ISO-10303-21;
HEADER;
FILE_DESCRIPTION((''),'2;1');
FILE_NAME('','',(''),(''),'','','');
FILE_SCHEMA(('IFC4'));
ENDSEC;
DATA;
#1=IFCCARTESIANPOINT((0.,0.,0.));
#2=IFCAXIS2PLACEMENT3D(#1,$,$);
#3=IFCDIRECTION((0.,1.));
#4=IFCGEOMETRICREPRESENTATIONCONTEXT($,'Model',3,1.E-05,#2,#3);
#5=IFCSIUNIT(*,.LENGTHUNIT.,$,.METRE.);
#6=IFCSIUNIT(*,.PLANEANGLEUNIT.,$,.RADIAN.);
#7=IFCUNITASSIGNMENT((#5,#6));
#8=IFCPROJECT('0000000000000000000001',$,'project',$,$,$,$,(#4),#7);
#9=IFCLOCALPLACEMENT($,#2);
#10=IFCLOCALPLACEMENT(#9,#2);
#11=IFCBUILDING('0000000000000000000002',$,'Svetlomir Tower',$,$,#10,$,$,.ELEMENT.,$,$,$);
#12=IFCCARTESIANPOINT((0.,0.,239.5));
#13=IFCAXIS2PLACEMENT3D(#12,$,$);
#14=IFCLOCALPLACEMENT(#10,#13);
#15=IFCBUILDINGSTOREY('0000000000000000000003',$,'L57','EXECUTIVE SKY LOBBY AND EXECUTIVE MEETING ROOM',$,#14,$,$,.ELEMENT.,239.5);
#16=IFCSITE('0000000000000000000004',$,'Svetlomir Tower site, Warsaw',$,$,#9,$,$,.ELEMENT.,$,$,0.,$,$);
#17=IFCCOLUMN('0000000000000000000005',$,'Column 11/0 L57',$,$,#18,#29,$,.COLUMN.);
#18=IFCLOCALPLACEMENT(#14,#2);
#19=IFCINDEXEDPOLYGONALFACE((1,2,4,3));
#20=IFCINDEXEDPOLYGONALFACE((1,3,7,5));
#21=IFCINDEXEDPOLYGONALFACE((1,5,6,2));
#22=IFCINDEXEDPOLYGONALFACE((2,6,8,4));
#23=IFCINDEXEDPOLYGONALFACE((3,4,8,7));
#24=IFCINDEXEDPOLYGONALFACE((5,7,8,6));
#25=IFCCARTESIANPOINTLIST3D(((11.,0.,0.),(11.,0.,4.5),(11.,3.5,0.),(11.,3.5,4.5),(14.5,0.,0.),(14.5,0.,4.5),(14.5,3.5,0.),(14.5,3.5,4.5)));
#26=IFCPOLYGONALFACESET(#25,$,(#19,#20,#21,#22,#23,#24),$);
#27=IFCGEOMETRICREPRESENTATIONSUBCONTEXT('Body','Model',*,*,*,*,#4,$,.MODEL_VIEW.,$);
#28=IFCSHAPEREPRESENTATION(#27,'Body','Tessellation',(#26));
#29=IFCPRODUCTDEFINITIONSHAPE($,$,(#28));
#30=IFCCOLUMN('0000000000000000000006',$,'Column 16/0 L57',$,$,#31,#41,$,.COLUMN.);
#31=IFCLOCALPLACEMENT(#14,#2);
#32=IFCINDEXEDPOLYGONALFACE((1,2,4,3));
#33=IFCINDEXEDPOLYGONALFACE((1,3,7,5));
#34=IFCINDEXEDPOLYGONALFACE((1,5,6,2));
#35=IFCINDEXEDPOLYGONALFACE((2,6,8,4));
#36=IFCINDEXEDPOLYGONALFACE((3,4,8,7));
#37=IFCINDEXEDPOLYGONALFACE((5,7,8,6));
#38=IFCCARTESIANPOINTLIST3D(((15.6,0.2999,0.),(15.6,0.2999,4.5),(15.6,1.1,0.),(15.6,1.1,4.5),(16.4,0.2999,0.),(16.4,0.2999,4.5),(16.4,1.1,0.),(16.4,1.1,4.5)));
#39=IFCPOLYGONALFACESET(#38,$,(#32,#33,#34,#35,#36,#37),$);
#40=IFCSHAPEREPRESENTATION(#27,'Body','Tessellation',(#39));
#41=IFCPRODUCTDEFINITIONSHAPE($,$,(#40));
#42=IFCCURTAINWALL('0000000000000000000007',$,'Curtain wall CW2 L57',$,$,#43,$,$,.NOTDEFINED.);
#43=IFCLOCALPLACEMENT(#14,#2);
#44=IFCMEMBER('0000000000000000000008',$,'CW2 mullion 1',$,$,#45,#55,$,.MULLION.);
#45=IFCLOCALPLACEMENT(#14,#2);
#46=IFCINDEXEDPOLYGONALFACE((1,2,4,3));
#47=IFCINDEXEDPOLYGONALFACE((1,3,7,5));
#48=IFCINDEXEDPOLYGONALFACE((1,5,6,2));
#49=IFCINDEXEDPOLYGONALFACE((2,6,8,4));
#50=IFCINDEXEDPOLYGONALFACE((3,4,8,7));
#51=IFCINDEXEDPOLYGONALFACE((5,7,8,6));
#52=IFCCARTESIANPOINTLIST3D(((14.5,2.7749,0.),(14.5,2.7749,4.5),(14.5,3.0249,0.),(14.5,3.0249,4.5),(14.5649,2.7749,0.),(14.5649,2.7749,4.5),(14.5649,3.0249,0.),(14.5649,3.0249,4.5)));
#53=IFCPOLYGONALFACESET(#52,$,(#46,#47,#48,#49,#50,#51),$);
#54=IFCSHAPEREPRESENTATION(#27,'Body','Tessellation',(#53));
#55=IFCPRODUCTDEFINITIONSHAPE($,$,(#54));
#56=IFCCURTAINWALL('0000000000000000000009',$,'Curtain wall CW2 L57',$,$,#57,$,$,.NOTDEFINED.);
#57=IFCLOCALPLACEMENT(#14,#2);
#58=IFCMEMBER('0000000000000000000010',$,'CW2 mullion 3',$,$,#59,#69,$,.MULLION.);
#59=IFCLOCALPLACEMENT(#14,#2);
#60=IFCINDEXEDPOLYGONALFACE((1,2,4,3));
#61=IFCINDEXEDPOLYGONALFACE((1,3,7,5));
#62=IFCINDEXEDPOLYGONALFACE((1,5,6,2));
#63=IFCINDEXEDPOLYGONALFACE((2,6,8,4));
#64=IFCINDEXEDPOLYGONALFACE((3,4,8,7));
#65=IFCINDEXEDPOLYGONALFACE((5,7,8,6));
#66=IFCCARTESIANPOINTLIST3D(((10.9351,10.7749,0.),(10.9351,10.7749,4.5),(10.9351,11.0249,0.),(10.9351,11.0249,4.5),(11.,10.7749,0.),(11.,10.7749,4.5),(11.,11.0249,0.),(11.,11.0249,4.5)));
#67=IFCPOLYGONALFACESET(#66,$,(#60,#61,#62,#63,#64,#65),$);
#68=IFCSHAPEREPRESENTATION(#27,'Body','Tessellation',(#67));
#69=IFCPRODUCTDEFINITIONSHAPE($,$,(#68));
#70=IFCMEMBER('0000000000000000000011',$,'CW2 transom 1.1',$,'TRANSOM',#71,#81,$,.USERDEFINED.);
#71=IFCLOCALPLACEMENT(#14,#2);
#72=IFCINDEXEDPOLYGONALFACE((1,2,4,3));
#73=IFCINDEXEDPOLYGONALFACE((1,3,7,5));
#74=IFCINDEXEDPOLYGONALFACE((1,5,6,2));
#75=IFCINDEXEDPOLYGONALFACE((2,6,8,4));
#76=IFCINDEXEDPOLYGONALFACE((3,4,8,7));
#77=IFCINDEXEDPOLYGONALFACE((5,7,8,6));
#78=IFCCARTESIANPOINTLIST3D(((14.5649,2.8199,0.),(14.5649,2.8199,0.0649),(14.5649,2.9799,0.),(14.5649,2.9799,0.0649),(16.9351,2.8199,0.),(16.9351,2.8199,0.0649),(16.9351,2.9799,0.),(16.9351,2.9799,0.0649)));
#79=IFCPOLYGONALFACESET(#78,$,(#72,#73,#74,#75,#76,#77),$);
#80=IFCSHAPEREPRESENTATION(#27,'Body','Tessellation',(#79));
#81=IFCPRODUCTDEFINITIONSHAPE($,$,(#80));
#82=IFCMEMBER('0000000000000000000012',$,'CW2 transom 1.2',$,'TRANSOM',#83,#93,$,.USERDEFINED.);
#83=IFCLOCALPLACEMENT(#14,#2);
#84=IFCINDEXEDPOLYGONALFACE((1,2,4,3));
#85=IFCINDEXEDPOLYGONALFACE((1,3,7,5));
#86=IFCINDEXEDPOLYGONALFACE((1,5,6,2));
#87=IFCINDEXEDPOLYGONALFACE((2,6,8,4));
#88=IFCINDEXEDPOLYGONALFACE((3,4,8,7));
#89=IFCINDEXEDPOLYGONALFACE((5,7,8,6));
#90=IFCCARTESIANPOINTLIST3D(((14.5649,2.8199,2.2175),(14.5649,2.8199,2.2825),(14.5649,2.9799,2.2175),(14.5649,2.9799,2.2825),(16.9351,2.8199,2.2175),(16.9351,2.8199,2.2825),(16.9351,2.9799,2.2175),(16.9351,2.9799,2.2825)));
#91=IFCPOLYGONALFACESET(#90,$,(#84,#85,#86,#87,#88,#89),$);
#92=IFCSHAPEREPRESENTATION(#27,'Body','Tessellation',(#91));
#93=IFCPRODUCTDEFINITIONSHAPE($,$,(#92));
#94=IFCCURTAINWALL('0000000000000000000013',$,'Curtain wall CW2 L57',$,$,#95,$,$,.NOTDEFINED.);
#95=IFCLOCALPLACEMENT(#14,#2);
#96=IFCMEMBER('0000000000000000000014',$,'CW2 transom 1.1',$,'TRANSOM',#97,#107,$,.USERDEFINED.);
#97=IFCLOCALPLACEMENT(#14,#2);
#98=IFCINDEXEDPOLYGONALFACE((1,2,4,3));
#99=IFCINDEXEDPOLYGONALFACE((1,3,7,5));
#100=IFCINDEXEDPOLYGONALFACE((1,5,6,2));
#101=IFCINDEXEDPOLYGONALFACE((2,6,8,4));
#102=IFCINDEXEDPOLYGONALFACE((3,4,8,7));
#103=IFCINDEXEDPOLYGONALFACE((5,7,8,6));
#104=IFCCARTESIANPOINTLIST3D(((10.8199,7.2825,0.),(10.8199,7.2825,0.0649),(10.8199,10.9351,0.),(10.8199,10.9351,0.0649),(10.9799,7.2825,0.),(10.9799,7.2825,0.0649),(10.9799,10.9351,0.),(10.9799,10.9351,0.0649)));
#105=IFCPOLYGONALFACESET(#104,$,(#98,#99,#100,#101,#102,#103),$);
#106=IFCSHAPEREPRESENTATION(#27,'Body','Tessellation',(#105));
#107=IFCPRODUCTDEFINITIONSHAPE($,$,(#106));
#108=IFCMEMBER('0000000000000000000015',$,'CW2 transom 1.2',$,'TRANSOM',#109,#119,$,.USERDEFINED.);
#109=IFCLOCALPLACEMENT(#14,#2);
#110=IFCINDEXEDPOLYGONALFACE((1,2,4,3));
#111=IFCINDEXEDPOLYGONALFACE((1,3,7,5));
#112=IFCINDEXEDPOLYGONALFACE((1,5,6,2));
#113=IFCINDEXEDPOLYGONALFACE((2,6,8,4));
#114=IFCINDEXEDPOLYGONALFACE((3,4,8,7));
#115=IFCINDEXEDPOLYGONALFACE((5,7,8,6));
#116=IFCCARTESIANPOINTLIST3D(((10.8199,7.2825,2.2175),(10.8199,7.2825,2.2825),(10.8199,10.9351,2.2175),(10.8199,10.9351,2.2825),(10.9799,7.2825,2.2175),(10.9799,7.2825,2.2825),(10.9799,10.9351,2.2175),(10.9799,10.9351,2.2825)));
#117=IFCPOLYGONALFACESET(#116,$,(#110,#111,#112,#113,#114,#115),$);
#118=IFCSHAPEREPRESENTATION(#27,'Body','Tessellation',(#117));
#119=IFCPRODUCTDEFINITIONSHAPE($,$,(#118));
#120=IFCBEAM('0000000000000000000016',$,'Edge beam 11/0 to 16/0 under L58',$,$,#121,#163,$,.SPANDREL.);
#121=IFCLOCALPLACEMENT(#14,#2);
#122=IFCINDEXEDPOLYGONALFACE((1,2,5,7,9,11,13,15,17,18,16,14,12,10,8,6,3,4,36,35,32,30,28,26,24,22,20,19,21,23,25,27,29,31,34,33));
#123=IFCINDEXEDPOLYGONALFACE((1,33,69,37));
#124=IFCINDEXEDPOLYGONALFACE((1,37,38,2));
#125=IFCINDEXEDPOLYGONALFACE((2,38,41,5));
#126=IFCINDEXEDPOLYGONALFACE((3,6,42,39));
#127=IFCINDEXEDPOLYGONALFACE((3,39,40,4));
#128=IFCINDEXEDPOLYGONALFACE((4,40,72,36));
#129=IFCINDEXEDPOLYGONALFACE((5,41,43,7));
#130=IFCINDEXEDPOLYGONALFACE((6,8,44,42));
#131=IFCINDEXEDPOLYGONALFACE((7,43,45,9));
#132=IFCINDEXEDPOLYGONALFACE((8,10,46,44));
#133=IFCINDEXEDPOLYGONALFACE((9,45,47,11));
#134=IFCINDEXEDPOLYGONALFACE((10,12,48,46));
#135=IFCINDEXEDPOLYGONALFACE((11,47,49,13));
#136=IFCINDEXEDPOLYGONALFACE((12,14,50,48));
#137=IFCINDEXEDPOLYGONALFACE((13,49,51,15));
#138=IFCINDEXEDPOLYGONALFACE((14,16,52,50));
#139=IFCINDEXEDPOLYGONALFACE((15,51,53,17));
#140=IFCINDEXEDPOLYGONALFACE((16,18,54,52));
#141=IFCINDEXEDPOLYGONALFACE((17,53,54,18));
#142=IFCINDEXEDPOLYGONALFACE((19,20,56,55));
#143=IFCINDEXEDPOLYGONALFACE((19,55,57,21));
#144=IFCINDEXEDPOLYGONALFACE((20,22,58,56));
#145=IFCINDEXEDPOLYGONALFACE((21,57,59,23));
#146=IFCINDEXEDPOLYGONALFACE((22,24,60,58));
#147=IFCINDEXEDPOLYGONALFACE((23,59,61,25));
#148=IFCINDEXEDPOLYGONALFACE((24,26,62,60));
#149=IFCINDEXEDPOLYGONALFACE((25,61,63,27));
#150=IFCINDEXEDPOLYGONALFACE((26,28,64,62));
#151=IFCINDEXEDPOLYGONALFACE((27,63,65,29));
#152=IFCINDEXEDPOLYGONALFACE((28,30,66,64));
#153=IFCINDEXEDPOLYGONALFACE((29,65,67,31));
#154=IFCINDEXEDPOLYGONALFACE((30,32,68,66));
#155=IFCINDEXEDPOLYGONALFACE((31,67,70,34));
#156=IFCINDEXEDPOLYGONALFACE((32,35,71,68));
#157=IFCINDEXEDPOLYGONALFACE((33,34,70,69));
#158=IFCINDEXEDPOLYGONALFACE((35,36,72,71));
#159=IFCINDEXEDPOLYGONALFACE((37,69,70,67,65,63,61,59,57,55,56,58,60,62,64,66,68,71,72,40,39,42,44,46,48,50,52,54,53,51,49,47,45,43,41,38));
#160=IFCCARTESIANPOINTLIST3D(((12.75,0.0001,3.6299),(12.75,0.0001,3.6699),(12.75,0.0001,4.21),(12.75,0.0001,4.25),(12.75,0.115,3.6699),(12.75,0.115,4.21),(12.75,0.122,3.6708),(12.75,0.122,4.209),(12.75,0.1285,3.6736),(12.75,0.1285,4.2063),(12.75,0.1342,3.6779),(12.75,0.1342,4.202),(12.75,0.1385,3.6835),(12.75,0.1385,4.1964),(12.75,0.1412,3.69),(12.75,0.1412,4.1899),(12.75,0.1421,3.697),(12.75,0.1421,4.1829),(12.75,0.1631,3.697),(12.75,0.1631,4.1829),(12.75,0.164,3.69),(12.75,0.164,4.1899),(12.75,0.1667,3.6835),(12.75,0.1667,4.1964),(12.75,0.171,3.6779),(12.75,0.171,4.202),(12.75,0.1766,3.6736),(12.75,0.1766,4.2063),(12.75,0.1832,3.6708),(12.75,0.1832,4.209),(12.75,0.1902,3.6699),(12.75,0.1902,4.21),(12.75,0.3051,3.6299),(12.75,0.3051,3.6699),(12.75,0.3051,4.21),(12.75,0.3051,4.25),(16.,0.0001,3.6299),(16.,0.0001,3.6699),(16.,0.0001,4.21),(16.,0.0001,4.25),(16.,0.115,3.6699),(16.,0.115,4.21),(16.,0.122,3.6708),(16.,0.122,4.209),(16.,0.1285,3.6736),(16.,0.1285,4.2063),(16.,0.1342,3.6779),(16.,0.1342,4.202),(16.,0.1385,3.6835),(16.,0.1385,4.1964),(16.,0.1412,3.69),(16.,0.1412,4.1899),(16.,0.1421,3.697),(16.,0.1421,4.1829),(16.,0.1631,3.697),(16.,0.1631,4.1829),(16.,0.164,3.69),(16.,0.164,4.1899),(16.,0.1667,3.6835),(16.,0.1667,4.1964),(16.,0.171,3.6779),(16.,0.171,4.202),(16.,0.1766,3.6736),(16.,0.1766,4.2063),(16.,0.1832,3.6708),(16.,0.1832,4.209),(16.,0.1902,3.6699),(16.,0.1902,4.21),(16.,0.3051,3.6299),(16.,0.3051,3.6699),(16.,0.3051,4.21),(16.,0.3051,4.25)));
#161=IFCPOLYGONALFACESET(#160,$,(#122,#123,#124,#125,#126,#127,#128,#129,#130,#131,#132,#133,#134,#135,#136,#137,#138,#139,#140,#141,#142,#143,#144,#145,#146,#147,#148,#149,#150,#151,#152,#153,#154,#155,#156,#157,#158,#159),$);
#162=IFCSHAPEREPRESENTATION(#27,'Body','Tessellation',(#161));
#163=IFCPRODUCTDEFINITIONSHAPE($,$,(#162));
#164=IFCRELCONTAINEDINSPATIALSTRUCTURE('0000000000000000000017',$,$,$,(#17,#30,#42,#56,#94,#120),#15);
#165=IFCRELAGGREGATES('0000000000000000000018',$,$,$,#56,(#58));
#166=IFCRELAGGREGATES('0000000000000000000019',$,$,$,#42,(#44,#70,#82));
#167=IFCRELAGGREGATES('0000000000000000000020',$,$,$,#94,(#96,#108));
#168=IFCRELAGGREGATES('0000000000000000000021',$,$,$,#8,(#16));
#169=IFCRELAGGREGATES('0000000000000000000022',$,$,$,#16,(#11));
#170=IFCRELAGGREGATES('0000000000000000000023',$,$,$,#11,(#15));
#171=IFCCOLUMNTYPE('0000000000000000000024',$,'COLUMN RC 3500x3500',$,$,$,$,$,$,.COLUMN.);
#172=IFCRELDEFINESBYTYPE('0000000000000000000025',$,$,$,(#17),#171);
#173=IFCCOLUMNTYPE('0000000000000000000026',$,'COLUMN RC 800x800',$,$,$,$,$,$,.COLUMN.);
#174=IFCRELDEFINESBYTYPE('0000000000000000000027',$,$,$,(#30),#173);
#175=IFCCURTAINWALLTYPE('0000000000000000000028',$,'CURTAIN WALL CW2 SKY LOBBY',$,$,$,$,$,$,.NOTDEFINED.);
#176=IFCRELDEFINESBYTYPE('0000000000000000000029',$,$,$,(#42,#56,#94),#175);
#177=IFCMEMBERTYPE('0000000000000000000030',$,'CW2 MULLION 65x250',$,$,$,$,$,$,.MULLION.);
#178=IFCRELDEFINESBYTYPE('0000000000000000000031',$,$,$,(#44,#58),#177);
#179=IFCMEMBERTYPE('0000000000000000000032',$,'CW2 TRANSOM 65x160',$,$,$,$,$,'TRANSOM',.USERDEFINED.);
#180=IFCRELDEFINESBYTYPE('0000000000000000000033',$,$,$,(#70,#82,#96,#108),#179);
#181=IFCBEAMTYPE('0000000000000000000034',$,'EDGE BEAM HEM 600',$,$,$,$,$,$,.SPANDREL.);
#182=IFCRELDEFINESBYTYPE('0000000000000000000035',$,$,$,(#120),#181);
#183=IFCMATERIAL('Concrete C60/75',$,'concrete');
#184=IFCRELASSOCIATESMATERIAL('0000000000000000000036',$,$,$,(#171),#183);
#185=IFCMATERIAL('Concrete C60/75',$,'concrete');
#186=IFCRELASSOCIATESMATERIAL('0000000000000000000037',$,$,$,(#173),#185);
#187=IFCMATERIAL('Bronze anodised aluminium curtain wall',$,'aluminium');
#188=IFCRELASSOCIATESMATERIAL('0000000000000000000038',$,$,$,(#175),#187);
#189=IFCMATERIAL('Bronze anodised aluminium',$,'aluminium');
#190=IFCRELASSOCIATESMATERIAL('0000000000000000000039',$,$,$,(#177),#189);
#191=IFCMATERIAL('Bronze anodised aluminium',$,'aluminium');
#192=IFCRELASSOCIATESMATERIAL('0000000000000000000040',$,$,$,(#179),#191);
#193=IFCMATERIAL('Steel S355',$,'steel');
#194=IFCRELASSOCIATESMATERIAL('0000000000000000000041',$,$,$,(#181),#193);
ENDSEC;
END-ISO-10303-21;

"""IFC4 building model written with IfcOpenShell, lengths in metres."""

from ifc_helpers import new_model, si_unit, direction, frame, origin, origin_2d, place, context, subcontext, project, spatial, rectangle, i_section, extrude, material, material_profile, profile_set, type_object, element, aggregate, save


model = new_model("IFC4")

# Units and contexts
model_context = context("Model", 3, precision=1e-05, world=origin(), true_north=direction((0.0, 1.0)))
body_context = subcontext(model_context, "Body", "Model", "MODEL_VIEW")
ifc_project = project(units=[si_unit("LENGTHUNIT", "METRE"), si_unit("PLANEANGLEUNIT", "RADIAN")], contexts=[model_context])

# Site, building, storey
site_placement = place(None, origin())
site = spatial("IfcSite", under=ifc_project, at=site_placement, Name="Svetlomir Tower site, Warsaw", CompositionType="ELEMENT", RefElevation=0.0)
building_placement = place(site_placement, origin())
building = spatial("IfcBuilding", under=site, at=building_placement, Name="Svetlomir Tower", CompositionType="ELEMENT")
storey_placement = place(building_placement, frame((0.0, 0.0, 239.5)))
storey = spatial("IfcBuildingStorey", under=building, at=storey_placement, Name="L57", Description="EXECUTIVE SKY LOBBY AND EXECUTIVE MEETING ROOM", CompositionType="ELEMENT", Elevation=239.5)

# Columns
ifc_material_1 = material(Name="Concrete C60/75", Category="concrete")
ifc_material_profile_1 = material_profile(ifc_material_1, rectangle(XDim=3.5, YDim=3.5, at=origin_2d()), Name="RC 3500x3500")
ifc_profile_set_1 = profile_set([ifc_material_profile_1], Name="Concrete C60/75")
column_type_1 = type_object("IfcColumnType", Name="COLUMN RC 3500x3500", PredefinedType="COLUMN", material=ifc_profile_set_1)
column_1_placement = place(storey_placement, frame((12.75, 1.75, 0.0), z_axis=(0.0, 0.0, 1.0), x_axis=(1.0, 0.0, 0.0)))
element("IfcColumn", 1, at=column_1_placement, inside=storey, type_object=column_type_1, Name="Column 11/0 L57", PredefinedType="COLUMN", context=body_context, shape_type="SweptSolid", body=[
    extrude(rectangle(XDim=3.5, YDim=3.5, at=origin_2d()), origin(), (0.0, 0.0, 1.0), 4.5),
])
ifc_material_2 = material(Name="Concrete C60/75", Category="concrete")
ifc_material_profile_2 = material_profile(ifc_material_2, rectangle(XDim=0.8, YDim=0.8, at=origin_2d()), Name="RC 800x800")
ifc_profile_set_2 = profile_set([ifc_material_profile_2], Name="Concrete C60/75")
column_type_2 = type_object("IfcColumnType", Name="COLUMN RC 800x800", PredefinedType="COLUMN", material=ifc_profile_set_2)
column_2_placement = place(storey_placement, frame((16.0, 0.7, 0.0), z_axis=(0.0, 0.0, 1.0), x_axis=(1.0, 0.0, 0.0)))
element("IfcColumn", 2, at=column_2_placement, inside=storey, type_object=column_type_2, Name="Column 16/0 L57", PredefinedType="COLUMN", context=body_context, shape_type="SweptSolid", body=[
    extrude(rectangle(XDim=0.8, YDim=0.8, at=origin_2d()), origin(), (0.0, 0.0, 1.0), 4.5),
])

# Curtain walls, members
ifc_material_3 = material(Name="Bronze anodised aluminium curtain wall", Category="aluminium")
curtain_wall_type = type_object("IfcCurtainWallType", Name="CURTAIN WALL CW2 SKY LOBBY", PredefinedType="NOTDEFINED", material=ifc_material_3)
curtain_wall_1_placement = place(storey_placement, origin())
curtain_wall_1 = element("IfcCurtainWall", 3, at=curtain_wall_1_placement, inside=storey, type_object=curtain_wall_type, Name="Curtain wall CW2 L57", PredefinedType="NOTDEFINED")
ifc_material_4 = material(Name="Bronze anodised aluminium", Category="aluminium")
ifc_material_profile_3 = material_profile(ifc_material_4, rectangle(XDim=0.0649, YDim=0.25, at=origin_2d()), Name="AL 65x250")
ifc_profile_set_3 = profile_set([ifc_material_profile_3], Name="Bronze anodised aluminium 6063-T6")
member_type_1 = type_object("IfcMemberType", Name="CW2 MULLION 65x250", PredefinedType="MULLION", material=ifc_profile_set_3)
member_1_placement = place(storey_placement, frame((14.5325, 2.8999, 0.0), z_axis=(0.0, 0.0, 1.0), x_axis=(1.0, 0.0, 0.0)))
member_1 = element("IfcMember", 4, at=member_1_placement, type_object=member_type_1, Name="CW2 mullion 1", PredefinedType="MULLION", context=body_context, shape_type="SweptSolid", body=[
    extrude(rectangle(XDim=0.0649, YDim=0.25, at=origin_2d()), origin(), (0.0, 0.0, 1.0), 4.5),
])
curtain_wall_2_placement = place(storey_placement, origin())
curtain_wall_2 = element("IfcCurtainWall", 5, at=curtain_wall_2_placement, inside=storey, type_object=curtain_wall_type, Name="Curtain wall CW2 L57", PredefinedType="NOTDEFINED")
member_2_placement = place(storey_placement, frame((10.9675, 10.8999, 0.0), z_axis=(0.0, 0.0, 1.0), x_axis=(1.0, 0.0, 0.0)))
member_2 = element("IfcMember", 6, at=member_2_placement, type_object=member_type_1, Name="CW2 mullion 3", PredefinedType="MULLION", context=body_context, shape_type="SweptSolid", body=[
    extrude(rectangle(XDim=0.0649, YDim=0.25, at=origin_2d()), origin(), (0.0, 0.0, 1.0), 4.5),
])
aggregate(curtain_wall_2, [member_2])

# Members
ifc_material_5 = material(Name="Bronze anodised aluminium", Category="aluminium")
ifc_material_profile_4 = material_profile(ifc_material_5, rectangle(XDim=0.1599, YDim=0.0649, at=origin_2d()), Name="AL 160x65")
ifc_profile_set_4 = profile_set([ifc_material_profile_4], Name="Bronze anodised aluminium 6063-T6")
member_type_2 = type_object("IfcMemberType", Name="CW2 TRANSOM 65x160", ElementType="TRANSOM", PredefinedType="USERDEFINED", material=ifc_profile_set_4)
member_3_placement = place(storey_placement, frame((14.5649, 2.8999, 0.0325), z_axis=(1.0, 0.0, 0.0), x_axis=(0.0, 1.0, 0.0)))
member_3 = element("IfcMember", 7, at=member_3_placement, type_object=member_type_2, Name="CW2 transom 1.1", ObjectType="TRANSOM", PredefinedType="USERDEFINED", context=body_context, shape_type="SweptSolid", body=[
    extrude(rectangle(XDim=0.1599, YDim=0.0649, at=origin_2d()), origin(), (0.0, 0.0, 1.0), 2.3701),
])
member_4_placement = place(storey_placement, frame((14.5649, 2.8999, 2.25), z_axis=(1.0, 0.0, 0.0), x_axis=(0.0, 1.0, 0.0)))
member_4 = element("IfcMember", 8, at=member_4_placement, type_object=member_type_2, Name="CW2 transom 1.2", ObjectType="TRANSOM", PredefinedType="USERDEFINED", context=body_context, shape_type="SweptSolid", body=[
    extrude(rectangle(XDim=0.1599, YDim=0.0649, at=origin_2d()), origin(), (0.0, 0.0, 1.0), 2.3701),
])

# Curtain wall, members
curtain_wall_3_placement = place(storey_placement, origin())
curtain_wall_3 = element("IfcCurtainWall", 9, at=curtain_wall_3_placement, inside=storey, type_object=curtain_wall_type, Name="Curtain wall CW2 L57", PredefinedType="NOTDEFINED")
member_5_placement = place(storey_placement, frame((10.8999, 10.9351, 0.0325), z_axis=(0.0, -1.0, 0.0), x_axis=(1.0, 0.0, 0.0)))
member_5 = element("IfcMember", 10, at=member_5_placement, type_object=member_type_2, Name="CW2 transom 1.1", ObjectType="TRANSOM", PredefinedType="USERDEFINED", context=body_context, shape_type="SweptSolid", body=[
    extrude(rectangle(XDim=0.1599, YDim=0.0649, at=origin_2d()), origin(), (0.0, 0.0, 1.0), 3.6526),
])
member_6_placement = place(storey_placement, frame((10.8999, 10.9351, 2.25), z_axis=(0.0, -1.0, 0.0), x_axis=(1.0, 0.0, 0.0)))
member_6 = element("IfcMember", 11, at=member_6_placement, type_object=member_type_2, Name="CW2 transom 1.2", ObjectType="TRANSOM", PredefinedType="USERDEFINED", context=body_context, shape_type="SweptSolid", body=[
    extrude(rectangle(XDim=0.1599, YDim=0.0649, at=origin_2d()), origin(), (0.0, 0.0, 1.0), 3.6526),
])

# Beam
ifc_material_6 = material(Name="Steel S355", Category="steel")
ifc_material_profile_5 = material_profile(ifc_material_6, i_section(OverallWidth=0.3049, OverallDepth=0.6201, WebThickness=0.021, FlangeThickness=0.04, FilletRadius=0.0271, at=origin_2d()), Name="HEM 600")
ifc_profile_set_5 = profile_set([ifc_material_profile_5], Name="Steel S355")
beam_type_1 = type_object("IfcBeamType", Name="EDGE BEAM HEM 600", PredefinedType="SPANDREL", material=ifc_profile_set_5)
beam_1_placement = place(storey_placement, frame((12.75, 0.1526, 3.9399), z_axis=(1.0, 0.0, 0.0), x_axis=(0.0, 1.0, 0.0)))
element("IfcBeam", 12, at=beam_1_placement, inside=storey, type_object=beam_type_1, Name="Edge beam 11/0 to 16/0 under L58", PredefinedType="SPANDREL", context=body_context, shape_type="SweptSolid", body=[
    extrude(i_section(OverallWidth=0.3049, OverallDepth=0.6201, WebThickness=0.021, FlangeThickness=0.04, FilletRadius=0.0271, at=origin_2d()), origin(), (0.0, 0.0, 1.0), 3.25),
])

aggregate(curtain_wall_1, [member_1, member_3, member_4])
aggregate(curtain_wall_3, [member_5, member_6])

save(model, "model.ifc")
